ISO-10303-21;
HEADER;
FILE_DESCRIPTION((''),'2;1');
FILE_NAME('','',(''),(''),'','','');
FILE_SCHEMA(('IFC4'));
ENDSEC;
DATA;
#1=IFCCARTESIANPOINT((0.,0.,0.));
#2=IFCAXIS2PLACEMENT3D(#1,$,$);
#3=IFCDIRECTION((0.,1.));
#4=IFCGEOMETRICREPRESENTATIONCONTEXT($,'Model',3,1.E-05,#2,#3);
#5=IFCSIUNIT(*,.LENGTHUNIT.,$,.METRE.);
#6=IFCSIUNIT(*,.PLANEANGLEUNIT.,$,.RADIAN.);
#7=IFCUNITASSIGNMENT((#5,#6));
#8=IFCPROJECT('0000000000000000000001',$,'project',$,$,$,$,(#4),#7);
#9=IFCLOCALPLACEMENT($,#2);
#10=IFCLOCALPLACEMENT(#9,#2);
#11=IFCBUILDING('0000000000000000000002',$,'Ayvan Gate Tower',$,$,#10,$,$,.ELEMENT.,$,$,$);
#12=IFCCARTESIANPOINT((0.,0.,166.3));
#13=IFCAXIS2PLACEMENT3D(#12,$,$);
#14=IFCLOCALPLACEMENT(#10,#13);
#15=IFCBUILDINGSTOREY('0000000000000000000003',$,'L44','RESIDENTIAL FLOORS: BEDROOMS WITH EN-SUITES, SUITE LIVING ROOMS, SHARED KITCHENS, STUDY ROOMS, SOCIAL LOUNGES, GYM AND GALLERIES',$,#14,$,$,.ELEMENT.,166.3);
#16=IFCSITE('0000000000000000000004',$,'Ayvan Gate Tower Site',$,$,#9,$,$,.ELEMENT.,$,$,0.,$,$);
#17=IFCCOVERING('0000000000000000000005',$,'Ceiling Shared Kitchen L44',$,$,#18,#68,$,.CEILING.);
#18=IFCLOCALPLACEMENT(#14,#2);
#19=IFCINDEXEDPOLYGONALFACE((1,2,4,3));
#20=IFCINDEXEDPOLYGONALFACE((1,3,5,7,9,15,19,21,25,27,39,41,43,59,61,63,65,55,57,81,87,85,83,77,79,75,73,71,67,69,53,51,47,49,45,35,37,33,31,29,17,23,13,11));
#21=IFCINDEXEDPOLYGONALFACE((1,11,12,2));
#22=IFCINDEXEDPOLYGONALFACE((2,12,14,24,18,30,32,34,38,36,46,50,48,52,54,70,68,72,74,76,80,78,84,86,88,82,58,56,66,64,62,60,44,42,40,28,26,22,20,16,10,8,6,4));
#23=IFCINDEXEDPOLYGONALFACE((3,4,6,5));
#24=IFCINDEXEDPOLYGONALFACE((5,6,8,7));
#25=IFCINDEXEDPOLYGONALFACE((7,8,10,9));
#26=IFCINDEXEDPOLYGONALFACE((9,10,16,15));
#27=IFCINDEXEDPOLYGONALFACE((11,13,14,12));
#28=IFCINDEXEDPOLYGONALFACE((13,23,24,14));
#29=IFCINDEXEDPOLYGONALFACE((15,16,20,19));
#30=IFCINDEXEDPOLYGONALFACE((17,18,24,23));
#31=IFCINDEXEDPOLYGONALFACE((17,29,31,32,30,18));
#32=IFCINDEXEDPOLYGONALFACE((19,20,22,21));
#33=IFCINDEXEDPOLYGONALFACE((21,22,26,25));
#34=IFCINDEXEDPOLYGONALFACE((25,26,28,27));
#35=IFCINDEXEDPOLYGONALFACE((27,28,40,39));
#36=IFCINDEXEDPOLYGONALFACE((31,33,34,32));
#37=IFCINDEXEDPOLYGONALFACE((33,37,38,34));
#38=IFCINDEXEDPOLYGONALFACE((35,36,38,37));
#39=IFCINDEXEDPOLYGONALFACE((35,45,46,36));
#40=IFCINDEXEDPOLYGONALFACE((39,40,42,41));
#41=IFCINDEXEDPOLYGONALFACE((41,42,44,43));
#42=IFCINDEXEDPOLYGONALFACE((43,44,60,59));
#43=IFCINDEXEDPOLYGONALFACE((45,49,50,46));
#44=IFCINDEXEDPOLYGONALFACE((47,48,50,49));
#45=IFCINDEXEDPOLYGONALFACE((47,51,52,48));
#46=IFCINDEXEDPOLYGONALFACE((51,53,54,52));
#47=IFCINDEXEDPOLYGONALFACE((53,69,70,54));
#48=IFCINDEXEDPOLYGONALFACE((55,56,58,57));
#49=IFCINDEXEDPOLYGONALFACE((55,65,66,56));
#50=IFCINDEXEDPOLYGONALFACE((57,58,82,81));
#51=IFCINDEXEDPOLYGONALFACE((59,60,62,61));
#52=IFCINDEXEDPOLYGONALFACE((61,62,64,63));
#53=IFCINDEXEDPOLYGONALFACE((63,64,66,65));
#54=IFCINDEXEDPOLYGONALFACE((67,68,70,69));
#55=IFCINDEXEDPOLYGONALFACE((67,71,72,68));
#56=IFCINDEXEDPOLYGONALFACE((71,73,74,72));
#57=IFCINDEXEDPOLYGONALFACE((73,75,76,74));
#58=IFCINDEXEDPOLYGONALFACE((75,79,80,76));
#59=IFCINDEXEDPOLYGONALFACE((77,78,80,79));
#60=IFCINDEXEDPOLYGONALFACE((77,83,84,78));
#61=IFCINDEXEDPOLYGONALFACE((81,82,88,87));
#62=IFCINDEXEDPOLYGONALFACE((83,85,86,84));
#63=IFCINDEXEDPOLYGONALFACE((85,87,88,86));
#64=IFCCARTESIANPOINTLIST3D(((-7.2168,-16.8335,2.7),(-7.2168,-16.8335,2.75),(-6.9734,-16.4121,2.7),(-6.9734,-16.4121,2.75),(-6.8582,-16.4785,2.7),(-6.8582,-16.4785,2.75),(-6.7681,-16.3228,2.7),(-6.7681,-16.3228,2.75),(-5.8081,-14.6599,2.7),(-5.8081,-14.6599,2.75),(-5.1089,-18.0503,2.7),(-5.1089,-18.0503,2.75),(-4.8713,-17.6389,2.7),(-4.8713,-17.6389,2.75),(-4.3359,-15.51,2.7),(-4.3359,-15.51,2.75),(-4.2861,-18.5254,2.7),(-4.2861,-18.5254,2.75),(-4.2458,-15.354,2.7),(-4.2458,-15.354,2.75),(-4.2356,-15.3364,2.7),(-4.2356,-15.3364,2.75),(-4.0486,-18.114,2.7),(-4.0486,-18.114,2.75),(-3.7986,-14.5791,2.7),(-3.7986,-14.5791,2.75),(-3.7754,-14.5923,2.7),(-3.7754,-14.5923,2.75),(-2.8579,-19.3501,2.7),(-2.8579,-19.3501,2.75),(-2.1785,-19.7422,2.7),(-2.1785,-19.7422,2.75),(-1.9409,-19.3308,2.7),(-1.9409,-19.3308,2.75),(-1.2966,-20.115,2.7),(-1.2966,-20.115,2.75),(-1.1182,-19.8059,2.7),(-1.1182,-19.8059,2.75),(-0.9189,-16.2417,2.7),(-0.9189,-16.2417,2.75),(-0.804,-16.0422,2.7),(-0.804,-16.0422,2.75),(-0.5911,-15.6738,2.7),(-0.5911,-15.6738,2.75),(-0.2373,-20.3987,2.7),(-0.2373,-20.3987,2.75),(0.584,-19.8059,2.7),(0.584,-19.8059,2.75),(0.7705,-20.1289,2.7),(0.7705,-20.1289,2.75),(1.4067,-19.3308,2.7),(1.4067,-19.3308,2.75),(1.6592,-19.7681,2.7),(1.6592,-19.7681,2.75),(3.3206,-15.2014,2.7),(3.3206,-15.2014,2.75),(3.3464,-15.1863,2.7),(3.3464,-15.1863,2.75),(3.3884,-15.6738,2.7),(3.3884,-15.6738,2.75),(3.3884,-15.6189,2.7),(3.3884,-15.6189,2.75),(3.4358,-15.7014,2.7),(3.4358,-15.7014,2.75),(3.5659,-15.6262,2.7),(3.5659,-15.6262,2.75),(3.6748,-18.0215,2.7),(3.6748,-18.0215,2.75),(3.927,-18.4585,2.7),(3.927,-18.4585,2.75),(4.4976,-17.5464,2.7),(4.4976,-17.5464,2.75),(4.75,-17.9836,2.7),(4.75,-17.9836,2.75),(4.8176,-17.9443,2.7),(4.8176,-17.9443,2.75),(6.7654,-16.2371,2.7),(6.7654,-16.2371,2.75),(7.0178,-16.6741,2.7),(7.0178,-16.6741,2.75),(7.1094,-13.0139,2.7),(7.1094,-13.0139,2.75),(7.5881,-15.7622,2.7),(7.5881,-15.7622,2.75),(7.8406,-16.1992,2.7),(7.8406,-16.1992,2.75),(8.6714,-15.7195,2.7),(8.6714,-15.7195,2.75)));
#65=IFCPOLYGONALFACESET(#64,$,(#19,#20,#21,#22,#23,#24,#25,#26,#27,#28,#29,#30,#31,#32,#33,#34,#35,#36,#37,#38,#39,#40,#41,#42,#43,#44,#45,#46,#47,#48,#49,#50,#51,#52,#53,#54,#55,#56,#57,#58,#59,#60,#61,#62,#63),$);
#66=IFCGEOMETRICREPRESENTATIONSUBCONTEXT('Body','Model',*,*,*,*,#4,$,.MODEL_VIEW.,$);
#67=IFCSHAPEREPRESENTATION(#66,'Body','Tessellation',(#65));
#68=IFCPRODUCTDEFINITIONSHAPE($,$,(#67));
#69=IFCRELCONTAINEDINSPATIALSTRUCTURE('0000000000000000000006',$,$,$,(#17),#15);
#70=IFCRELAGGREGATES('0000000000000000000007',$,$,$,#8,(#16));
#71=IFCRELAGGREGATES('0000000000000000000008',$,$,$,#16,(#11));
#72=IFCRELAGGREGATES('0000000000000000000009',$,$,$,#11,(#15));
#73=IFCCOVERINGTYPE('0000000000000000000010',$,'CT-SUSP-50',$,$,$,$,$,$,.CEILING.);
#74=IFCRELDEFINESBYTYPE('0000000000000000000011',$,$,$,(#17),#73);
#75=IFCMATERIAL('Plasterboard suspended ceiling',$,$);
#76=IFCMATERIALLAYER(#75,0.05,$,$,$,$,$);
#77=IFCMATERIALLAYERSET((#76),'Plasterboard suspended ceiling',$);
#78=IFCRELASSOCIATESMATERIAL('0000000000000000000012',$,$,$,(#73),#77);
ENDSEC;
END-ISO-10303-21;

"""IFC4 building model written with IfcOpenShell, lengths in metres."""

from ifc_helpers import new_model, si_unit, direction, frame, origin, place, context, subcontext, project, spatial, polyline, outline, extrude, material, layer, layer_set, type_object, element, save


model = new_model("IFC4")

# Units and contexts
model_context = context("Model", 3, precision=1e-05, world=origin(), true_north=direction((0.0, 1.0)))
body_context = subcontext(model_context, "Body", "Model", "MODEL_VIEW")
ifc_project = project(units=[si_unit("LENGTHUNIT", "METRE"), si_unit("PLANEANGLEUNIT", "RADIAN")], contexts=[model_context])

# Site, building, storey
site_placement = place(None, origin())
site = spatial("IfcSite", under=ifc_project, at=site_placement, Name="Ayvan Gate Tower Site", CompositionType="ELEMENT", RefElevation=0.0)
building_placement = place(site_placement, origin())
building = spatial("IfcBuilding", under=site, at=building_placement, Name="Ayvan Gate Tower", CompositionType="ELEMENT")
storey_placement = place(building_placement, frame((0.0, 0.0, 166.3)))
storey = spatial("IfcBuildingStorey", under=building, at=storey_placement, Name="L44", Description="RESIDENTIAL FLOORS: BEDROOMS WITH EN-SUITES, SUITE LIVING ROOMS, SHARED KITCHENS, STUDY ROOMS, SOCIAL LOUNGES, GYM AND GALLERIES", CompositionType="ELEMENT", Elevation=166.3)

# Covering
ifc_material_1 = material(Name="Plasterboard suspended ceiling")
ifc_layer_1 = layer(ifc_material_1, 0.05)
ifc_layer_set_1 = layer_set([ifc_layer_1], Name="Plasterboard suspended ceiling")
covering_type = type_object("IfcCoveringType", Name="CT-SUSP-50", PredefinedType="CEILING", material=ifc_layer_set_1)
covering_1_placement = place(storey_placement, frame((0.0, 0.0, 2.7)))
element("IfcCovering", 1, at=covering_1_placement, inside=storey, type_object=covering_type, Name="Ceiling Shared Kitchen L44", PredefinedType="CEILING", context=body_context, shape_type="SweptSolid", body=[
    extrude(outline(polyline([(-6.8582, -16.4785), (-6.7681, -16.3228), (-5.8081, -14.6599), (-4.3359, -15.51), (-4.2458, -15.354), (-4.2356, -15.3364), (-3.7986, -14.5791), (-3.7754, -14.5923), (-0.9189, -16.2417), (-0.804, -16.0422), (-0.5911, -15.6738), (3.3884, -15.6738), (3.3884, -15.6189), (3.4358, -15.7014), (3.5659, -15.6262), (3.3206, -15.2014), (3.3464, -15.1863), (7.1094, -13.0139), (8.6714, -15.7195), (7.8406, -16.1992), (7.5881, -15.7622), (6.7654, -16.2371), (7.0178, -16.6741), (4.8176, -17.9443), (4.75, -17.9836), (4.4976, -17.5464), (3.6748, -18.0215), (3.927, -18.4585), (1.6592, -19.7681), (1.4067, -19.3308), (0.584, -19.8059), (0.7705, -20.1289), (-0.2373, -20.3987), (-1.2966, -20.115), (-1.1182, -19.8059), (-1.9409, -19.3308), (-2.1785, -19.7422), (-2.8579, -19.3501), (-4.2861, -18.5254), (-4.0486, -18.114), (-4.8713, -17.6389), (-5.1089, -18.0503), (-7.2168, -16.8335), (-6.9734, -16.4121), (-6.8582, -16.4785)])), origin(), (0.0, 0.0, 1.0), 0.05),
])

save(model, "model.ifc")
